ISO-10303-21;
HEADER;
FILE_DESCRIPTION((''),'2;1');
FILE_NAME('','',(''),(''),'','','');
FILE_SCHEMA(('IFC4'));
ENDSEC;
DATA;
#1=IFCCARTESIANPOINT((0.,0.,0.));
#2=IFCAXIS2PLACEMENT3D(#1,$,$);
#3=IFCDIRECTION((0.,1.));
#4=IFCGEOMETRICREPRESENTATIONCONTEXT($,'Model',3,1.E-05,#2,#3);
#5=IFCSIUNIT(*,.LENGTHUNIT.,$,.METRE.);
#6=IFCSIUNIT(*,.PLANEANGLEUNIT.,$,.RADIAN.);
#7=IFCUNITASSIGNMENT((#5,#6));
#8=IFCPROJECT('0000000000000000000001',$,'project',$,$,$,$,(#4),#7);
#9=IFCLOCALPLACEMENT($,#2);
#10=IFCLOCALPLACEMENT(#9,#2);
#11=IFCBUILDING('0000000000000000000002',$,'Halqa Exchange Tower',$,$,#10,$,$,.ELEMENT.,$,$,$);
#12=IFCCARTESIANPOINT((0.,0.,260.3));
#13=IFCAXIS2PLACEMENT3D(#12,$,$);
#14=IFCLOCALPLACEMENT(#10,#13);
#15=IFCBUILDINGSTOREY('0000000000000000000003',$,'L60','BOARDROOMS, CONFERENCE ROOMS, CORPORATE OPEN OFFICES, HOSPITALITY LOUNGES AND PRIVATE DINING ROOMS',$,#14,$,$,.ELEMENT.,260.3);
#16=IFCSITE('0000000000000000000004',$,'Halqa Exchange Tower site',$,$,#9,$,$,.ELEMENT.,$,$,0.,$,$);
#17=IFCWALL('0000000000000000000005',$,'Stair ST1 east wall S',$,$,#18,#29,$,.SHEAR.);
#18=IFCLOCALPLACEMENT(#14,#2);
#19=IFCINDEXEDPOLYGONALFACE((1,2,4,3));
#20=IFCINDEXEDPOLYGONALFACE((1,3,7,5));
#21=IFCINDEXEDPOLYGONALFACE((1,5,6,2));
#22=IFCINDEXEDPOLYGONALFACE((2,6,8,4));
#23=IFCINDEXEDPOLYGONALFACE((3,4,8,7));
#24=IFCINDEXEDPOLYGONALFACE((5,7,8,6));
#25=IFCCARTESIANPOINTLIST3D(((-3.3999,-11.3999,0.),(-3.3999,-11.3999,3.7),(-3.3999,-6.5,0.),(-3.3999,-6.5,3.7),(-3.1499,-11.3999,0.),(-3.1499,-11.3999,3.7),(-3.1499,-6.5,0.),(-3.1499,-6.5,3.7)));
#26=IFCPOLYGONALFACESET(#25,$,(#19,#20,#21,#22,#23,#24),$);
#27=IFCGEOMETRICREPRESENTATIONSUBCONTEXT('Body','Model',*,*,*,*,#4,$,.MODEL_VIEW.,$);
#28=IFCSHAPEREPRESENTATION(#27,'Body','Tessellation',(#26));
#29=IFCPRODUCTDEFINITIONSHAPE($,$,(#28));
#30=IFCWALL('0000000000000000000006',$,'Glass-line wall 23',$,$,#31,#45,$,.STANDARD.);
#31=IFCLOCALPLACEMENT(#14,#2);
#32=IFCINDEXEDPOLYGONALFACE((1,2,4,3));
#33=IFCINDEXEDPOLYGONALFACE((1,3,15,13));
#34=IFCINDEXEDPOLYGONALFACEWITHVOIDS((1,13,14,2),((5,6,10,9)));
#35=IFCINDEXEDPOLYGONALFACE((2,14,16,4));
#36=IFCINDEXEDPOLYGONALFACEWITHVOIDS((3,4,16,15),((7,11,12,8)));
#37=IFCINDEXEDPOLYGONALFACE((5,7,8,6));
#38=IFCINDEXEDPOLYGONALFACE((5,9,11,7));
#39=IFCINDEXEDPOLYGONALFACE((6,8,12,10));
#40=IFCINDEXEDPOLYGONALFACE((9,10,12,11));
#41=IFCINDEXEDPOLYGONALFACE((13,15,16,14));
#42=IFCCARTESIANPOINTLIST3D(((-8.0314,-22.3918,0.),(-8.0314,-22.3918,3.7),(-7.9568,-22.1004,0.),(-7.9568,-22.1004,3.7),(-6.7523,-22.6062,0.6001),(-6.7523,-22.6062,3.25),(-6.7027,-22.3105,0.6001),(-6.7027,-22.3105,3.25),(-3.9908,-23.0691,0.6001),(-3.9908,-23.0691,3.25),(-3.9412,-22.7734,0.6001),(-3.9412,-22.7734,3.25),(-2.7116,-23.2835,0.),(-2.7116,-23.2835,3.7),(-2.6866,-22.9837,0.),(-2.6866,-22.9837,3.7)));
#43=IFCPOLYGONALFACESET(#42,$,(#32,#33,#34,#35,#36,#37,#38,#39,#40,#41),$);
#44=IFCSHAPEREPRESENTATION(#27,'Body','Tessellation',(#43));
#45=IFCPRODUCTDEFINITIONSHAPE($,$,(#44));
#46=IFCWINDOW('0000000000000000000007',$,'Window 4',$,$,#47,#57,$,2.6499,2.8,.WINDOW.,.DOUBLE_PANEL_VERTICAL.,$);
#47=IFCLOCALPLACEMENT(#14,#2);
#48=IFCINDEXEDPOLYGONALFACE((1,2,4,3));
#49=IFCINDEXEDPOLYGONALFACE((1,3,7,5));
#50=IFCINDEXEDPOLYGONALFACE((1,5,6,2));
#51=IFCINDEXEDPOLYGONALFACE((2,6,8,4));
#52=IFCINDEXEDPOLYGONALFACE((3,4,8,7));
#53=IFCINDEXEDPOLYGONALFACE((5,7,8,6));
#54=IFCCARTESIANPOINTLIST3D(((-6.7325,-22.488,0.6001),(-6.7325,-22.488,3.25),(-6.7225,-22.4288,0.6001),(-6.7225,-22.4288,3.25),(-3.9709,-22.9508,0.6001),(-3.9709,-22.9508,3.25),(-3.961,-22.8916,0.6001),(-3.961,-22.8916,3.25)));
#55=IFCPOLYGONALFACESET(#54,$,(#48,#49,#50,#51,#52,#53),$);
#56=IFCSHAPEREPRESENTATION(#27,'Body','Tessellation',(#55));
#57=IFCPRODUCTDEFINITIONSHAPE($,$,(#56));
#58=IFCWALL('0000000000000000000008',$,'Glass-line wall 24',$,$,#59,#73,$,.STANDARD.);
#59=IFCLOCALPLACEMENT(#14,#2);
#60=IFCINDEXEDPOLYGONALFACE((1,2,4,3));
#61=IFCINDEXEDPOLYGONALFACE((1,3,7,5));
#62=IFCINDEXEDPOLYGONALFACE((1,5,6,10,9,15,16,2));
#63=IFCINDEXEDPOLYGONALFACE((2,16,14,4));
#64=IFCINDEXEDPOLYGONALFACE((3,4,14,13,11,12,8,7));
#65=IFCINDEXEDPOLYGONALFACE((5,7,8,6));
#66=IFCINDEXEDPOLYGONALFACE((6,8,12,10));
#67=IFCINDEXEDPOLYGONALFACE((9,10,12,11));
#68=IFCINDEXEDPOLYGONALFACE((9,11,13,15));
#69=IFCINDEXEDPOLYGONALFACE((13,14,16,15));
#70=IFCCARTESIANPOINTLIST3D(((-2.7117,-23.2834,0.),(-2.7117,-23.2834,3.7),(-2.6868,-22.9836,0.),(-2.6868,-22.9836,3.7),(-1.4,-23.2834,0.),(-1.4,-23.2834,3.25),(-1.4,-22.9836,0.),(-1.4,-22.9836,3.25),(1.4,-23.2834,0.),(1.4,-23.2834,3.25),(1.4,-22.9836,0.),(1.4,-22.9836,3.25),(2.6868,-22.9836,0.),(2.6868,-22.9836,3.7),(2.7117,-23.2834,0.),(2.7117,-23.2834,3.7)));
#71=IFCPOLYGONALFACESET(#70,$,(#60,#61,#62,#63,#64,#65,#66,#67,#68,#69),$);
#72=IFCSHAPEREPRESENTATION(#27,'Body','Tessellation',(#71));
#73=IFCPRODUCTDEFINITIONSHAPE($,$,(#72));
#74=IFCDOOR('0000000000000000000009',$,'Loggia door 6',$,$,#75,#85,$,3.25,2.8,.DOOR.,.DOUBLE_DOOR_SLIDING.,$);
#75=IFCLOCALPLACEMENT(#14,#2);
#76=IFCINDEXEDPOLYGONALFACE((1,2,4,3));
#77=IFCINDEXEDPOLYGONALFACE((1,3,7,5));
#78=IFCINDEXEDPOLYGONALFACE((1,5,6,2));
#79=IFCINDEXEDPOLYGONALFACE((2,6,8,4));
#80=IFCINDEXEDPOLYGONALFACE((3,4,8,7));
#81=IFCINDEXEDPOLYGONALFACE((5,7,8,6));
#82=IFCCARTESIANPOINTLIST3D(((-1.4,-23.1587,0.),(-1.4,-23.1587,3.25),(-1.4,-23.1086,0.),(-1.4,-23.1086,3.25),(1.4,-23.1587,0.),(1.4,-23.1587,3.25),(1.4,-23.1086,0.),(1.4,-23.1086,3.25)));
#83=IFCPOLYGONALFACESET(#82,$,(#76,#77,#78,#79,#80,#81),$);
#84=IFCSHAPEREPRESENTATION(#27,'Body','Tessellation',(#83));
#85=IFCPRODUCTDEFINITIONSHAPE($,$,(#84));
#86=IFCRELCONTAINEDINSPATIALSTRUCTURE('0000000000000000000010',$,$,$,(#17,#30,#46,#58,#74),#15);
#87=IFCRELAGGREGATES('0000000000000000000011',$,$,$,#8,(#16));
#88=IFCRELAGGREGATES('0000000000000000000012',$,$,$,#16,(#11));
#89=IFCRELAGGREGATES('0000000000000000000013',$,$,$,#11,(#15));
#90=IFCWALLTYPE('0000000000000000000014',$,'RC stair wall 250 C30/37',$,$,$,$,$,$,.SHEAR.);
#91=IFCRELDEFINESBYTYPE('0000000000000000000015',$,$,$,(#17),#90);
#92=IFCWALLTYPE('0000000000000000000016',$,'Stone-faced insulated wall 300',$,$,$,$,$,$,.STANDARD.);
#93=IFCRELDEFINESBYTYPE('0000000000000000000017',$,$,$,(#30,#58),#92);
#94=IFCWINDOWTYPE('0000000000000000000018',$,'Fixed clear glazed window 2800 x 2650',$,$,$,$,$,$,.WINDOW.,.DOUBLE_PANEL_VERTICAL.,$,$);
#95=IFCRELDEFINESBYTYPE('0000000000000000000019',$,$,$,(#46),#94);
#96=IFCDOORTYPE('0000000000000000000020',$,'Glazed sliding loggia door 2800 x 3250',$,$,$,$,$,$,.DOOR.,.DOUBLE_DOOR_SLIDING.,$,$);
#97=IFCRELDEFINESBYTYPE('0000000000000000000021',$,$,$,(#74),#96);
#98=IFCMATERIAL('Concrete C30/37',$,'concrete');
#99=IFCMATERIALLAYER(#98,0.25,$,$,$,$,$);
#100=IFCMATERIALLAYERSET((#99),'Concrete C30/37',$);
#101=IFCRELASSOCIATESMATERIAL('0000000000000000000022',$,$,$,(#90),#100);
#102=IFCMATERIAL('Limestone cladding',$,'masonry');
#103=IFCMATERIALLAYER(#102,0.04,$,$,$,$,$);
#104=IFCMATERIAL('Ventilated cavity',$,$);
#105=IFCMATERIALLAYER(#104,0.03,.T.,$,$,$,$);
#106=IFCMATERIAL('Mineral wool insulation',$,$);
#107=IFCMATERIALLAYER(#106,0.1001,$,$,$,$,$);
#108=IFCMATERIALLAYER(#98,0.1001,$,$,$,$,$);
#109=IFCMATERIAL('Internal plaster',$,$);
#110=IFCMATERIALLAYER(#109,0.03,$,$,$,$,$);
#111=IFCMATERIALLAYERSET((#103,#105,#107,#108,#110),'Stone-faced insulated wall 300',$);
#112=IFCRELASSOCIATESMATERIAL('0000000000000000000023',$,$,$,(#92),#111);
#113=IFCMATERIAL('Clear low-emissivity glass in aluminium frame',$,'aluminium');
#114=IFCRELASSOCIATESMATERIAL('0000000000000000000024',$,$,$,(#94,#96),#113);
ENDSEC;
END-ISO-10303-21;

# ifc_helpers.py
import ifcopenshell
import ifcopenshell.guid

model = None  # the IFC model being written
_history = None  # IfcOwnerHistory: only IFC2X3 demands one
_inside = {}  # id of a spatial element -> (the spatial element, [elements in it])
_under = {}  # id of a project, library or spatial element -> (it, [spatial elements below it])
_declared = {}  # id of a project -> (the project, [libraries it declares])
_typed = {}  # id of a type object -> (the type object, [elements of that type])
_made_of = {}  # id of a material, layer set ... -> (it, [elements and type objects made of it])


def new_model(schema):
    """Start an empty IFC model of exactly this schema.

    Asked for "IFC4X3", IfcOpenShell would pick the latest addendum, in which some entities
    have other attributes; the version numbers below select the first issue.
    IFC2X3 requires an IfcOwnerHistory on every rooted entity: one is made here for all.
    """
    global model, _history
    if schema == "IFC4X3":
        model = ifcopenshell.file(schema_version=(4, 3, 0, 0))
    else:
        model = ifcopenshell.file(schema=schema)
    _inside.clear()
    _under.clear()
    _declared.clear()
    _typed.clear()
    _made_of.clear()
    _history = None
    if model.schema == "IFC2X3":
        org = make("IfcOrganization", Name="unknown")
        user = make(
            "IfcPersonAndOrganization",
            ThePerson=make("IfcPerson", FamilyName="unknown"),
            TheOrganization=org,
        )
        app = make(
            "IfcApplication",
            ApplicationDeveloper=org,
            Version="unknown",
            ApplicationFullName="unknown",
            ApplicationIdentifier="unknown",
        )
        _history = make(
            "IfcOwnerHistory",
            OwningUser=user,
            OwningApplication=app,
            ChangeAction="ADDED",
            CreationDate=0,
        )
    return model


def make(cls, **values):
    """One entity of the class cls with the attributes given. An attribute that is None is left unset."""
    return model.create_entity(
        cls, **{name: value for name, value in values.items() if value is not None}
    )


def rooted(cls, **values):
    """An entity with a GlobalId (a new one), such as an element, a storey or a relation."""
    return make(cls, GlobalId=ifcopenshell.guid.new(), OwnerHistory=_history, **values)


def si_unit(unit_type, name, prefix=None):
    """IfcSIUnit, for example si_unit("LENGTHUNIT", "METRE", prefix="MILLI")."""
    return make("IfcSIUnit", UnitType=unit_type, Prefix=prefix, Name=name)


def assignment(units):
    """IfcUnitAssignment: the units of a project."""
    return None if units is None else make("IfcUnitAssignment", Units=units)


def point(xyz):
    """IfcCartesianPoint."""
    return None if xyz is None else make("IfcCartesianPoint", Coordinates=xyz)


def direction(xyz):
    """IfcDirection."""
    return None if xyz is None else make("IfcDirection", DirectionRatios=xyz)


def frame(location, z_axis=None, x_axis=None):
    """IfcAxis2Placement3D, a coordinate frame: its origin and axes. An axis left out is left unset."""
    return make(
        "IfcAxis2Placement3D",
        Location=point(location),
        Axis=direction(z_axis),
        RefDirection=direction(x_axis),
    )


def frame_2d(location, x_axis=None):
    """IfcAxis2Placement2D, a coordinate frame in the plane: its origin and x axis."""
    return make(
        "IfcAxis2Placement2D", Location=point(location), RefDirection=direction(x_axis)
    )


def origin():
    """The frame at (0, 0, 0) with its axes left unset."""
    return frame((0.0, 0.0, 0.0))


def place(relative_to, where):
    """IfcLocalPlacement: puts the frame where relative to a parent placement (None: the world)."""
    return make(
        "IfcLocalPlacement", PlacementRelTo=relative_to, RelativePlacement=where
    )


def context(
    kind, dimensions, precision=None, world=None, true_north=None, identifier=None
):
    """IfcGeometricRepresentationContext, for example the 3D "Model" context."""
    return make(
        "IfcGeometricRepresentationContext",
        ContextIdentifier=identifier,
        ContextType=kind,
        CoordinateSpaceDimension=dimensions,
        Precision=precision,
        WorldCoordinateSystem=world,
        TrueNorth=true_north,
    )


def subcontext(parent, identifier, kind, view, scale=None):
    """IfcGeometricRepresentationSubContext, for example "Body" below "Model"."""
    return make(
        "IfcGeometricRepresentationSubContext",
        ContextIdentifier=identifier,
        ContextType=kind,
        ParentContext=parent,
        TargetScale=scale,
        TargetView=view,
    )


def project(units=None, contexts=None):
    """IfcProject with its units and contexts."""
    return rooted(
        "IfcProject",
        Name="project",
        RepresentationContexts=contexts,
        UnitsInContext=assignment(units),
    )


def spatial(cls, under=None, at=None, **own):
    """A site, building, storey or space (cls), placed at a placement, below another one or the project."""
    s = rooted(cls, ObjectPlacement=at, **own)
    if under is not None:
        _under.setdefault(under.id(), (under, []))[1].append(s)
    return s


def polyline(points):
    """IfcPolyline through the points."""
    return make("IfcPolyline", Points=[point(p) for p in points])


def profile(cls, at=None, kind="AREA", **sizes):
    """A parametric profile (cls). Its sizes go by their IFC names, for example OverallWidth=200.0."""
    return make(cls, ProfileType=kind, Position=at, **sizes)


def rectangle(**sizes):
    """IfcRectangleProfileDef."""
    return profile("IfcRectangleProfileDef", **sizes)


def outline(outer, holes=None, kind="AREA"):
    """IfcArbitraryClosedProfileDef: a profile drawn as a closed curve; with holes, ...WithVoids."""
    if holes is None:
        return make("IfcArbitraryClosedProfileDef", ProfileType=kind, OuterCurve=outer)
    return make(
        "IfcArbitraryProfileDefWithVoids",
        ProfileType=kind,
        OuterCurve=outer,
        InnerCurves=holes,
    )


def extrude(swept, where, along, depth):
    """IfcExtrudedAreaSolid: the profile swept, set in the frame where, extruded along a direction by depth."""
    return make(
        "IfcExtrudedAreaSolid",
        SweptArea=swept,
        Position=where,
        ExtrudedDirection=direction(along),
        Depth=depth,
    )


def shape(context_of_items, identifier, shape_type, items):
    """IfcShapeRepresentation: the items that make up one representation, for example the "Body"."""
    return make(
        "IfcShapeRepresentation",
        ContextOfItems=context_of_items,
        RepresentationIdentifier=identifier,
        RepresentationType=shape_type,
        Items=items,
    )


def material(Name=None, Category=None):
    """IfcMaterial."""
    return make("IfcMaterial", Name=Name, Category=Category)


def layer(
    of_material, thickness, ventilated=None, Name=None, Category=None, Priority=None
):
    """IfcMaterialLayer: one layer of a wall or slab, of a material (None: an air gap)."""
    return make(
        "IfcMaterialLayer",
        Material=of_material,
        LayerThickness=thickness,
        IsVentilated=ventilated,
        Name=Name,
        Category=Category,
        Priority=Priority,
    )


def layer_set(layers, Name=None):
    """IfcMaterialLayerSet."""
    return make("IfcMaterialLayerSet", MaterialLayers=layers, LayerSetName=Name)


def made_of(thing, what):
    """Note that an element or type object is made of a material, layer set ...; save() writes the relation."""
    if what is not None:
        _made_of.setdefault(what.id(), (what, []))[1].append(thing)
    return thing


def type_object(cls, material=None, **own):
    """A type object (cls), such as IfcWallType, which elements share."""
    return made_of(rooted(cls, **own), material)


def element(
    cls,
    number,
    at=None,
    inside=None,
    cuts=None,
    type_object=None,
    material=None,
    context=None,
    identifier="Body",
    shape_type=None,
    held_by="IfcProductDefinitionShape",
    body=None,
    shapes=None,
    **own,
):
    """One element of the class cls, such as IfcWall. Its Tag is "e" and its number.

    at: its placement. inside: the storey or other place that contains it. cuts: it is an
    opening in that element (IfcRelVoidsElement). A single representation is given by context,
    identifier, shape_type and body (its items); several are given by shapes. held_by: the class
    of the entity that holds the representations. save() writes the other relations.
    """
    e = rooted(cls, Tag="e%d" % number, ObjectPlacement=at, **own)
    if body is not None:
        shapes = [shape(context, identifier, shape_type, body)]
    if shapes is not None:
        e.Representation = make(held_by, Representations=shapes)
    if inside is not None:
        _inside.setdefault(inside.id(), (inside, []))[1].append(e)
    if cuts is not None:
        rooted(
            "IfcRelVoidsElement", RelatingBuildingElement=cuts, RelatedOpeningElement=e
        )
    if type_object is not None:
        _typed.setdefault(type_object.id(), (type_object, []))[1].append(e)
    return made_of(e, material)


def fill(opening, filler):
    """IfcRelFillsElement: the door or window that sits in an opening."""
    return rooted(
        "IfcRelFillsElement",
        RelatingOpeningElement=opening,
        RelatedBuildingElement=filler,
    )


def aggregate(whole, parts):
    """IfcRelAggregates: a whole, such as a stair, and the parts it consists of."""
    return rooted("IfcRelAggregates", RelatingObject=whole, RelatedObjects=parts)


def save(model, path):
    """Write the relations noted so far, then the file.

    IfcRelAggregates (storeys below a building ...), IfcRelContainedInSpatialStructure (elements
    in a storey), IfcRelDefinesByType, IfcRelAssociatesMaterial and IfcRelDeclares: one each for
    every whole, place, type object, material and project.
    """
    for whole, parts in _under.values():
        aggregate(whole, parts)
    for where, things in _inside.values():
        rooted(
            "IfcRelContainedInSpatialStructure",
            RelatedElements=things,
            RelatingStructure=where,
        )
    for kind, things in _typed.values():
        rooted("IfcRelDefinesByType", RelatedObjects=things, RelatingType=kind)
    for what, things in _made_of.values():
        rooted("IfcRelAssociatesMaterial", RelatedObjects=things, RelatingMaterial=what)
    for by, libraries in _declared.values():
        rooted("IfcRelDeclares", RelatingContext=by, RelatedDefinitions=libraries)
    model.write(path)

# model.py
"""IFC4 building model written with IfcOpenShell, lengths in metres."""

from ifc_helpers import new_model, si_unit, direction, frame, frame_2d, origin, place, context, subcontext, project, spatial, polyline, rectangle, outline, extrude, material, layer, layer_set, type_object, element, fill, save


model = new_model("IFC4")

# Units and contexts
model_context = context("Model", 3, precision=1e-05, world=origin(), true_north=direction((0.0, 1.0)))
body_context = subcontext(model_context, "Body", "Model", "MODEL_VIEW")
ifc_project = project(units=[si_unit("LENGTHUNIT", "METRE"), si_unit("PLANEANGLEUNIT", "RADIAN")], contexts=[model_context])

# Site, building, storey
site_placement = place(None, origin())
site = spatial("IfcSite", under=ifc_project, at=site_placement, Name="Halqa Exchange Tower site", CompositionType="ELEMENT", RefElevation=0.0)
building_placement = place(site_placement, origin())
building = spatial("IfcBuilding", under=site, at=building_placement, Name="Halqa Exchange Tower", CompositionType="ELEMENT")
storey_placement = place(building_placement, frame((0.0, 0.0, 260.3)))
storey = spatial("IfcBuildingStorey", under=building, at=storey_placement, Name="L60", Description="BOARDROOMS, CONFERENCE ROOMS, CORPORATE OPEN OFFICES, HOSPITALITY LOUNGES AND PRIVATE DINING ROOMS", CompositionType="ELEMENT", Elevation=260.3)

# Wall
ifc_material_1 = material(Name="Concrete C30/37", Category="concrete")
ifc_layer_1 = layer(ifc_material_1, 0.25)
ifc_layer_set_1 = layer_set([ifc_layer_1], Name="Concrete C30/37")
wall_type_1 = type_object("IfcWallType", Name="RC stair wall 250 C30/37", PredefinedType="SHEAR", material=ifc_layer_set_1)
wall_1_placement = place(storey_placement, frame((-3.2749, -11.3999, 0.0), z_axis=(0.0, 0.0, 1.0), x_axis=(0.0, 1.0, 0.0)))
element("IfcWall", 1, at=wall_1_placement, inside=storey, type_object=wall_type_1, Name="Stair ST1 east wall S", PredefinedType="SHEAR", context=body_context, shape_type="SweptSolid", body=[
    extrude(rectangle(XDim=4.8999, YDim=0.25, at=frame_2d((2.45, 0.0))), origin(), (0.0, 0.0, 1.0), 3.7),
])

# Wall, opening, window
ifc_material_2 = material(Name="Limestone cladding", Category="masonry")
ifc_layer_2 = layer(ifc_material_2, 0.04)
ifc_material_3 = material(Name="Ventilated cavity")
ifc_layer_3 = layer(ifc_material_3, 0.03, ventilated=True)
ifc_material_4 = material(Name="Mineral wool insulation")
ifc_layer_4 = layer(ifc_material_4, 0.1001)
ifc_layer_5 = layer(ifc_material_1, 0.1001)
ifc_material_5 = material(Name="Internal plaster")
ifc_layer_6 = layer(ifc_material_5, 0.03)
ifc_layer_set_2 = layer_set([ifc_layer_2, ifc_layer_3, ifc_layer_4, ifc_layer_5, ifc_layer_6], Name="Stone-faced insulated wall 300")
wall_type_2 = type_object("IfcWallType", Name="Stone-faced insulated wall 300", PredefinedType="STANDARD", material=ifc_layer_set_2)
wall_2_placement = place(storey_placement, frame((-7.9941, -22.2461, 0.0), z_axis=(0.0, 0.0, 1.0), x_axis=(0.986244, -0.165299, 0.0)))
wall_2 = element("IfcWall", 2, at=wall_2_placement, inside=storey, type_object=wall_type_2, Name="Glass-line wall 23", PredefinedType="STANDARD", context=body_context, shape_type="SweptSolid", body=[
    extrude(outline(polyline([(-0.0127, -0.1499), (5.3813, -0.1499), (5.3564, 0.1499), (0.0127, 0.1499), (-0.0127, -0.1499)])), origin(), (0.0, 0.0, 1.0), 3.7),
])
opening_1_placement = place(wall_2_placement, frame((1.2844, 0.0, 0.6001)))
opening_1 = element("IfcOpeningElement", 3, at=opening_1_placement, cuts=wall_2, PredefinedType="OPENING", context=body_context, shape_type="SweptSolid", body=[
    extrude(rectangle(XDim=2.8, YDim=2.6499, at=frame_2d((1.3999, 1.325))), frame((0.0, 0.1621, 0.0), z_axis=(0.0, -1.0, 0.0), x_axis=(1.0, 0.0, 0.0)), (0.0, 0.0, 1.0), 0.324),
])
ifc_material_6 = material(Name="Clear low-emissivity glass in aluminium frame", Category="aluminium")
window_type = type_object("IfcWindowType", Name="Fixed clear glazed window 2800 x 2650", PartitioningType="DOUBLE_PANEL_VERTICAL", PredefinedType="WINDOW", material=ifc_material_6)
window_placement = place(opening_1_placement, origin())
window = element("IfcWindow", 4, at=window_placement, inside=storey, type_object=window_type, Name="Window 4", OverallHeight=2.6499, OverallWidth=2.8, PartitioningType="DOUBLE_PANEL_VERTICAL", PredefinedType="WINDOW", context=body_context, shape_type="SweptSolid", body=[
    extrude(rectangle(XDim=2.8, YDim=2.6499, at=frame_2d((1.3999, 1.325))), frame((0.0, 0.03, 0.0), z_axis=(0.0, -1.0, 0.0), x_axis=(1.0, 0.0, 0.0)), (0.0, 0.0, 1.0), 0.0601),
])
fill(opening_1, window)

# Wall, opening, door
wall_3_placement = place(storey_placement, frame((-2.6992, -23.1335, 0.0), z_axis=(0.0, 0.0, 1.0), x_axis=(1.0, 0.0, 0.0)))
wall_3 = element("IfcWall", 5, at=wall_3_placement, inside=storey, type_object=wall_type_2, Name="Glass-line wall 24", PredefinedType="STANDARD", context=body_context, shape_type="SweptSolid", body=[
    extrude(outline(polyline([(-0.0125, -0.1499), (5.4109, -0.1499), (5.386, 0.1499), (0.0125, 0.1499), (-0.0125, -0.1499)])), origin(), (0.0, 0.0, 1.0), 3.7),
])
opening_2_placement = place(wall_3_placement, frame((1.2993, 0.0, 0.0)))
opening_2 = element("IfcOpeningElement", 6, at=opening_2_placement, cuts=wall_3, PredefinedType="OPENING", context=body_context, shape_type="SweptSolid", body=[
    extrude(rectangle(XDim=2.8, YDim=3.25, at=frame_2d((1.3999, 1.625))), frame((0.0, 0.1621, 0.0), z_axis=(0.0, -1.0, 0.0), x_axis=(1.0, 0.0, 0.0)), (0.0, 0.0, 1.0), 0.324),
])
door_type_1 = type_object("IfcDoorType", Name="Glazed sliding loggia door 2800 x 3250", OperationType="DOUBLE_DOOR_SLIDING", PredefinedType="DOOR", material=ifc_material_6)
door_1_placement = place(opening_2_placement, origin())
door_1 = element("IfcDoor", 7, at=door_1_placement, inside=storey, type_object=door_type_1, Name="Loggia door 6", OperationType="DOUBLE_DOOR_SLIDING", OverallHeight=3.25, OverallWidth=2.8, PredefinedType="DOOR", context=body_context, shape_type="SweptSolid", body=[
    extrude(rectangle(XDim=2.8, YDim=3.25, at=frame_2d((1.3999, 1.625))), frame((0.0, 0.0249, 0.0), z_axis=(0.0, -1.0, 0.0), x_axis=(1.0, 0.0, 0.0)), (0.0, 0.0, 1.0), 0.05),
])
fill(opening_2, door_1)

save(model, "model.ifc")
